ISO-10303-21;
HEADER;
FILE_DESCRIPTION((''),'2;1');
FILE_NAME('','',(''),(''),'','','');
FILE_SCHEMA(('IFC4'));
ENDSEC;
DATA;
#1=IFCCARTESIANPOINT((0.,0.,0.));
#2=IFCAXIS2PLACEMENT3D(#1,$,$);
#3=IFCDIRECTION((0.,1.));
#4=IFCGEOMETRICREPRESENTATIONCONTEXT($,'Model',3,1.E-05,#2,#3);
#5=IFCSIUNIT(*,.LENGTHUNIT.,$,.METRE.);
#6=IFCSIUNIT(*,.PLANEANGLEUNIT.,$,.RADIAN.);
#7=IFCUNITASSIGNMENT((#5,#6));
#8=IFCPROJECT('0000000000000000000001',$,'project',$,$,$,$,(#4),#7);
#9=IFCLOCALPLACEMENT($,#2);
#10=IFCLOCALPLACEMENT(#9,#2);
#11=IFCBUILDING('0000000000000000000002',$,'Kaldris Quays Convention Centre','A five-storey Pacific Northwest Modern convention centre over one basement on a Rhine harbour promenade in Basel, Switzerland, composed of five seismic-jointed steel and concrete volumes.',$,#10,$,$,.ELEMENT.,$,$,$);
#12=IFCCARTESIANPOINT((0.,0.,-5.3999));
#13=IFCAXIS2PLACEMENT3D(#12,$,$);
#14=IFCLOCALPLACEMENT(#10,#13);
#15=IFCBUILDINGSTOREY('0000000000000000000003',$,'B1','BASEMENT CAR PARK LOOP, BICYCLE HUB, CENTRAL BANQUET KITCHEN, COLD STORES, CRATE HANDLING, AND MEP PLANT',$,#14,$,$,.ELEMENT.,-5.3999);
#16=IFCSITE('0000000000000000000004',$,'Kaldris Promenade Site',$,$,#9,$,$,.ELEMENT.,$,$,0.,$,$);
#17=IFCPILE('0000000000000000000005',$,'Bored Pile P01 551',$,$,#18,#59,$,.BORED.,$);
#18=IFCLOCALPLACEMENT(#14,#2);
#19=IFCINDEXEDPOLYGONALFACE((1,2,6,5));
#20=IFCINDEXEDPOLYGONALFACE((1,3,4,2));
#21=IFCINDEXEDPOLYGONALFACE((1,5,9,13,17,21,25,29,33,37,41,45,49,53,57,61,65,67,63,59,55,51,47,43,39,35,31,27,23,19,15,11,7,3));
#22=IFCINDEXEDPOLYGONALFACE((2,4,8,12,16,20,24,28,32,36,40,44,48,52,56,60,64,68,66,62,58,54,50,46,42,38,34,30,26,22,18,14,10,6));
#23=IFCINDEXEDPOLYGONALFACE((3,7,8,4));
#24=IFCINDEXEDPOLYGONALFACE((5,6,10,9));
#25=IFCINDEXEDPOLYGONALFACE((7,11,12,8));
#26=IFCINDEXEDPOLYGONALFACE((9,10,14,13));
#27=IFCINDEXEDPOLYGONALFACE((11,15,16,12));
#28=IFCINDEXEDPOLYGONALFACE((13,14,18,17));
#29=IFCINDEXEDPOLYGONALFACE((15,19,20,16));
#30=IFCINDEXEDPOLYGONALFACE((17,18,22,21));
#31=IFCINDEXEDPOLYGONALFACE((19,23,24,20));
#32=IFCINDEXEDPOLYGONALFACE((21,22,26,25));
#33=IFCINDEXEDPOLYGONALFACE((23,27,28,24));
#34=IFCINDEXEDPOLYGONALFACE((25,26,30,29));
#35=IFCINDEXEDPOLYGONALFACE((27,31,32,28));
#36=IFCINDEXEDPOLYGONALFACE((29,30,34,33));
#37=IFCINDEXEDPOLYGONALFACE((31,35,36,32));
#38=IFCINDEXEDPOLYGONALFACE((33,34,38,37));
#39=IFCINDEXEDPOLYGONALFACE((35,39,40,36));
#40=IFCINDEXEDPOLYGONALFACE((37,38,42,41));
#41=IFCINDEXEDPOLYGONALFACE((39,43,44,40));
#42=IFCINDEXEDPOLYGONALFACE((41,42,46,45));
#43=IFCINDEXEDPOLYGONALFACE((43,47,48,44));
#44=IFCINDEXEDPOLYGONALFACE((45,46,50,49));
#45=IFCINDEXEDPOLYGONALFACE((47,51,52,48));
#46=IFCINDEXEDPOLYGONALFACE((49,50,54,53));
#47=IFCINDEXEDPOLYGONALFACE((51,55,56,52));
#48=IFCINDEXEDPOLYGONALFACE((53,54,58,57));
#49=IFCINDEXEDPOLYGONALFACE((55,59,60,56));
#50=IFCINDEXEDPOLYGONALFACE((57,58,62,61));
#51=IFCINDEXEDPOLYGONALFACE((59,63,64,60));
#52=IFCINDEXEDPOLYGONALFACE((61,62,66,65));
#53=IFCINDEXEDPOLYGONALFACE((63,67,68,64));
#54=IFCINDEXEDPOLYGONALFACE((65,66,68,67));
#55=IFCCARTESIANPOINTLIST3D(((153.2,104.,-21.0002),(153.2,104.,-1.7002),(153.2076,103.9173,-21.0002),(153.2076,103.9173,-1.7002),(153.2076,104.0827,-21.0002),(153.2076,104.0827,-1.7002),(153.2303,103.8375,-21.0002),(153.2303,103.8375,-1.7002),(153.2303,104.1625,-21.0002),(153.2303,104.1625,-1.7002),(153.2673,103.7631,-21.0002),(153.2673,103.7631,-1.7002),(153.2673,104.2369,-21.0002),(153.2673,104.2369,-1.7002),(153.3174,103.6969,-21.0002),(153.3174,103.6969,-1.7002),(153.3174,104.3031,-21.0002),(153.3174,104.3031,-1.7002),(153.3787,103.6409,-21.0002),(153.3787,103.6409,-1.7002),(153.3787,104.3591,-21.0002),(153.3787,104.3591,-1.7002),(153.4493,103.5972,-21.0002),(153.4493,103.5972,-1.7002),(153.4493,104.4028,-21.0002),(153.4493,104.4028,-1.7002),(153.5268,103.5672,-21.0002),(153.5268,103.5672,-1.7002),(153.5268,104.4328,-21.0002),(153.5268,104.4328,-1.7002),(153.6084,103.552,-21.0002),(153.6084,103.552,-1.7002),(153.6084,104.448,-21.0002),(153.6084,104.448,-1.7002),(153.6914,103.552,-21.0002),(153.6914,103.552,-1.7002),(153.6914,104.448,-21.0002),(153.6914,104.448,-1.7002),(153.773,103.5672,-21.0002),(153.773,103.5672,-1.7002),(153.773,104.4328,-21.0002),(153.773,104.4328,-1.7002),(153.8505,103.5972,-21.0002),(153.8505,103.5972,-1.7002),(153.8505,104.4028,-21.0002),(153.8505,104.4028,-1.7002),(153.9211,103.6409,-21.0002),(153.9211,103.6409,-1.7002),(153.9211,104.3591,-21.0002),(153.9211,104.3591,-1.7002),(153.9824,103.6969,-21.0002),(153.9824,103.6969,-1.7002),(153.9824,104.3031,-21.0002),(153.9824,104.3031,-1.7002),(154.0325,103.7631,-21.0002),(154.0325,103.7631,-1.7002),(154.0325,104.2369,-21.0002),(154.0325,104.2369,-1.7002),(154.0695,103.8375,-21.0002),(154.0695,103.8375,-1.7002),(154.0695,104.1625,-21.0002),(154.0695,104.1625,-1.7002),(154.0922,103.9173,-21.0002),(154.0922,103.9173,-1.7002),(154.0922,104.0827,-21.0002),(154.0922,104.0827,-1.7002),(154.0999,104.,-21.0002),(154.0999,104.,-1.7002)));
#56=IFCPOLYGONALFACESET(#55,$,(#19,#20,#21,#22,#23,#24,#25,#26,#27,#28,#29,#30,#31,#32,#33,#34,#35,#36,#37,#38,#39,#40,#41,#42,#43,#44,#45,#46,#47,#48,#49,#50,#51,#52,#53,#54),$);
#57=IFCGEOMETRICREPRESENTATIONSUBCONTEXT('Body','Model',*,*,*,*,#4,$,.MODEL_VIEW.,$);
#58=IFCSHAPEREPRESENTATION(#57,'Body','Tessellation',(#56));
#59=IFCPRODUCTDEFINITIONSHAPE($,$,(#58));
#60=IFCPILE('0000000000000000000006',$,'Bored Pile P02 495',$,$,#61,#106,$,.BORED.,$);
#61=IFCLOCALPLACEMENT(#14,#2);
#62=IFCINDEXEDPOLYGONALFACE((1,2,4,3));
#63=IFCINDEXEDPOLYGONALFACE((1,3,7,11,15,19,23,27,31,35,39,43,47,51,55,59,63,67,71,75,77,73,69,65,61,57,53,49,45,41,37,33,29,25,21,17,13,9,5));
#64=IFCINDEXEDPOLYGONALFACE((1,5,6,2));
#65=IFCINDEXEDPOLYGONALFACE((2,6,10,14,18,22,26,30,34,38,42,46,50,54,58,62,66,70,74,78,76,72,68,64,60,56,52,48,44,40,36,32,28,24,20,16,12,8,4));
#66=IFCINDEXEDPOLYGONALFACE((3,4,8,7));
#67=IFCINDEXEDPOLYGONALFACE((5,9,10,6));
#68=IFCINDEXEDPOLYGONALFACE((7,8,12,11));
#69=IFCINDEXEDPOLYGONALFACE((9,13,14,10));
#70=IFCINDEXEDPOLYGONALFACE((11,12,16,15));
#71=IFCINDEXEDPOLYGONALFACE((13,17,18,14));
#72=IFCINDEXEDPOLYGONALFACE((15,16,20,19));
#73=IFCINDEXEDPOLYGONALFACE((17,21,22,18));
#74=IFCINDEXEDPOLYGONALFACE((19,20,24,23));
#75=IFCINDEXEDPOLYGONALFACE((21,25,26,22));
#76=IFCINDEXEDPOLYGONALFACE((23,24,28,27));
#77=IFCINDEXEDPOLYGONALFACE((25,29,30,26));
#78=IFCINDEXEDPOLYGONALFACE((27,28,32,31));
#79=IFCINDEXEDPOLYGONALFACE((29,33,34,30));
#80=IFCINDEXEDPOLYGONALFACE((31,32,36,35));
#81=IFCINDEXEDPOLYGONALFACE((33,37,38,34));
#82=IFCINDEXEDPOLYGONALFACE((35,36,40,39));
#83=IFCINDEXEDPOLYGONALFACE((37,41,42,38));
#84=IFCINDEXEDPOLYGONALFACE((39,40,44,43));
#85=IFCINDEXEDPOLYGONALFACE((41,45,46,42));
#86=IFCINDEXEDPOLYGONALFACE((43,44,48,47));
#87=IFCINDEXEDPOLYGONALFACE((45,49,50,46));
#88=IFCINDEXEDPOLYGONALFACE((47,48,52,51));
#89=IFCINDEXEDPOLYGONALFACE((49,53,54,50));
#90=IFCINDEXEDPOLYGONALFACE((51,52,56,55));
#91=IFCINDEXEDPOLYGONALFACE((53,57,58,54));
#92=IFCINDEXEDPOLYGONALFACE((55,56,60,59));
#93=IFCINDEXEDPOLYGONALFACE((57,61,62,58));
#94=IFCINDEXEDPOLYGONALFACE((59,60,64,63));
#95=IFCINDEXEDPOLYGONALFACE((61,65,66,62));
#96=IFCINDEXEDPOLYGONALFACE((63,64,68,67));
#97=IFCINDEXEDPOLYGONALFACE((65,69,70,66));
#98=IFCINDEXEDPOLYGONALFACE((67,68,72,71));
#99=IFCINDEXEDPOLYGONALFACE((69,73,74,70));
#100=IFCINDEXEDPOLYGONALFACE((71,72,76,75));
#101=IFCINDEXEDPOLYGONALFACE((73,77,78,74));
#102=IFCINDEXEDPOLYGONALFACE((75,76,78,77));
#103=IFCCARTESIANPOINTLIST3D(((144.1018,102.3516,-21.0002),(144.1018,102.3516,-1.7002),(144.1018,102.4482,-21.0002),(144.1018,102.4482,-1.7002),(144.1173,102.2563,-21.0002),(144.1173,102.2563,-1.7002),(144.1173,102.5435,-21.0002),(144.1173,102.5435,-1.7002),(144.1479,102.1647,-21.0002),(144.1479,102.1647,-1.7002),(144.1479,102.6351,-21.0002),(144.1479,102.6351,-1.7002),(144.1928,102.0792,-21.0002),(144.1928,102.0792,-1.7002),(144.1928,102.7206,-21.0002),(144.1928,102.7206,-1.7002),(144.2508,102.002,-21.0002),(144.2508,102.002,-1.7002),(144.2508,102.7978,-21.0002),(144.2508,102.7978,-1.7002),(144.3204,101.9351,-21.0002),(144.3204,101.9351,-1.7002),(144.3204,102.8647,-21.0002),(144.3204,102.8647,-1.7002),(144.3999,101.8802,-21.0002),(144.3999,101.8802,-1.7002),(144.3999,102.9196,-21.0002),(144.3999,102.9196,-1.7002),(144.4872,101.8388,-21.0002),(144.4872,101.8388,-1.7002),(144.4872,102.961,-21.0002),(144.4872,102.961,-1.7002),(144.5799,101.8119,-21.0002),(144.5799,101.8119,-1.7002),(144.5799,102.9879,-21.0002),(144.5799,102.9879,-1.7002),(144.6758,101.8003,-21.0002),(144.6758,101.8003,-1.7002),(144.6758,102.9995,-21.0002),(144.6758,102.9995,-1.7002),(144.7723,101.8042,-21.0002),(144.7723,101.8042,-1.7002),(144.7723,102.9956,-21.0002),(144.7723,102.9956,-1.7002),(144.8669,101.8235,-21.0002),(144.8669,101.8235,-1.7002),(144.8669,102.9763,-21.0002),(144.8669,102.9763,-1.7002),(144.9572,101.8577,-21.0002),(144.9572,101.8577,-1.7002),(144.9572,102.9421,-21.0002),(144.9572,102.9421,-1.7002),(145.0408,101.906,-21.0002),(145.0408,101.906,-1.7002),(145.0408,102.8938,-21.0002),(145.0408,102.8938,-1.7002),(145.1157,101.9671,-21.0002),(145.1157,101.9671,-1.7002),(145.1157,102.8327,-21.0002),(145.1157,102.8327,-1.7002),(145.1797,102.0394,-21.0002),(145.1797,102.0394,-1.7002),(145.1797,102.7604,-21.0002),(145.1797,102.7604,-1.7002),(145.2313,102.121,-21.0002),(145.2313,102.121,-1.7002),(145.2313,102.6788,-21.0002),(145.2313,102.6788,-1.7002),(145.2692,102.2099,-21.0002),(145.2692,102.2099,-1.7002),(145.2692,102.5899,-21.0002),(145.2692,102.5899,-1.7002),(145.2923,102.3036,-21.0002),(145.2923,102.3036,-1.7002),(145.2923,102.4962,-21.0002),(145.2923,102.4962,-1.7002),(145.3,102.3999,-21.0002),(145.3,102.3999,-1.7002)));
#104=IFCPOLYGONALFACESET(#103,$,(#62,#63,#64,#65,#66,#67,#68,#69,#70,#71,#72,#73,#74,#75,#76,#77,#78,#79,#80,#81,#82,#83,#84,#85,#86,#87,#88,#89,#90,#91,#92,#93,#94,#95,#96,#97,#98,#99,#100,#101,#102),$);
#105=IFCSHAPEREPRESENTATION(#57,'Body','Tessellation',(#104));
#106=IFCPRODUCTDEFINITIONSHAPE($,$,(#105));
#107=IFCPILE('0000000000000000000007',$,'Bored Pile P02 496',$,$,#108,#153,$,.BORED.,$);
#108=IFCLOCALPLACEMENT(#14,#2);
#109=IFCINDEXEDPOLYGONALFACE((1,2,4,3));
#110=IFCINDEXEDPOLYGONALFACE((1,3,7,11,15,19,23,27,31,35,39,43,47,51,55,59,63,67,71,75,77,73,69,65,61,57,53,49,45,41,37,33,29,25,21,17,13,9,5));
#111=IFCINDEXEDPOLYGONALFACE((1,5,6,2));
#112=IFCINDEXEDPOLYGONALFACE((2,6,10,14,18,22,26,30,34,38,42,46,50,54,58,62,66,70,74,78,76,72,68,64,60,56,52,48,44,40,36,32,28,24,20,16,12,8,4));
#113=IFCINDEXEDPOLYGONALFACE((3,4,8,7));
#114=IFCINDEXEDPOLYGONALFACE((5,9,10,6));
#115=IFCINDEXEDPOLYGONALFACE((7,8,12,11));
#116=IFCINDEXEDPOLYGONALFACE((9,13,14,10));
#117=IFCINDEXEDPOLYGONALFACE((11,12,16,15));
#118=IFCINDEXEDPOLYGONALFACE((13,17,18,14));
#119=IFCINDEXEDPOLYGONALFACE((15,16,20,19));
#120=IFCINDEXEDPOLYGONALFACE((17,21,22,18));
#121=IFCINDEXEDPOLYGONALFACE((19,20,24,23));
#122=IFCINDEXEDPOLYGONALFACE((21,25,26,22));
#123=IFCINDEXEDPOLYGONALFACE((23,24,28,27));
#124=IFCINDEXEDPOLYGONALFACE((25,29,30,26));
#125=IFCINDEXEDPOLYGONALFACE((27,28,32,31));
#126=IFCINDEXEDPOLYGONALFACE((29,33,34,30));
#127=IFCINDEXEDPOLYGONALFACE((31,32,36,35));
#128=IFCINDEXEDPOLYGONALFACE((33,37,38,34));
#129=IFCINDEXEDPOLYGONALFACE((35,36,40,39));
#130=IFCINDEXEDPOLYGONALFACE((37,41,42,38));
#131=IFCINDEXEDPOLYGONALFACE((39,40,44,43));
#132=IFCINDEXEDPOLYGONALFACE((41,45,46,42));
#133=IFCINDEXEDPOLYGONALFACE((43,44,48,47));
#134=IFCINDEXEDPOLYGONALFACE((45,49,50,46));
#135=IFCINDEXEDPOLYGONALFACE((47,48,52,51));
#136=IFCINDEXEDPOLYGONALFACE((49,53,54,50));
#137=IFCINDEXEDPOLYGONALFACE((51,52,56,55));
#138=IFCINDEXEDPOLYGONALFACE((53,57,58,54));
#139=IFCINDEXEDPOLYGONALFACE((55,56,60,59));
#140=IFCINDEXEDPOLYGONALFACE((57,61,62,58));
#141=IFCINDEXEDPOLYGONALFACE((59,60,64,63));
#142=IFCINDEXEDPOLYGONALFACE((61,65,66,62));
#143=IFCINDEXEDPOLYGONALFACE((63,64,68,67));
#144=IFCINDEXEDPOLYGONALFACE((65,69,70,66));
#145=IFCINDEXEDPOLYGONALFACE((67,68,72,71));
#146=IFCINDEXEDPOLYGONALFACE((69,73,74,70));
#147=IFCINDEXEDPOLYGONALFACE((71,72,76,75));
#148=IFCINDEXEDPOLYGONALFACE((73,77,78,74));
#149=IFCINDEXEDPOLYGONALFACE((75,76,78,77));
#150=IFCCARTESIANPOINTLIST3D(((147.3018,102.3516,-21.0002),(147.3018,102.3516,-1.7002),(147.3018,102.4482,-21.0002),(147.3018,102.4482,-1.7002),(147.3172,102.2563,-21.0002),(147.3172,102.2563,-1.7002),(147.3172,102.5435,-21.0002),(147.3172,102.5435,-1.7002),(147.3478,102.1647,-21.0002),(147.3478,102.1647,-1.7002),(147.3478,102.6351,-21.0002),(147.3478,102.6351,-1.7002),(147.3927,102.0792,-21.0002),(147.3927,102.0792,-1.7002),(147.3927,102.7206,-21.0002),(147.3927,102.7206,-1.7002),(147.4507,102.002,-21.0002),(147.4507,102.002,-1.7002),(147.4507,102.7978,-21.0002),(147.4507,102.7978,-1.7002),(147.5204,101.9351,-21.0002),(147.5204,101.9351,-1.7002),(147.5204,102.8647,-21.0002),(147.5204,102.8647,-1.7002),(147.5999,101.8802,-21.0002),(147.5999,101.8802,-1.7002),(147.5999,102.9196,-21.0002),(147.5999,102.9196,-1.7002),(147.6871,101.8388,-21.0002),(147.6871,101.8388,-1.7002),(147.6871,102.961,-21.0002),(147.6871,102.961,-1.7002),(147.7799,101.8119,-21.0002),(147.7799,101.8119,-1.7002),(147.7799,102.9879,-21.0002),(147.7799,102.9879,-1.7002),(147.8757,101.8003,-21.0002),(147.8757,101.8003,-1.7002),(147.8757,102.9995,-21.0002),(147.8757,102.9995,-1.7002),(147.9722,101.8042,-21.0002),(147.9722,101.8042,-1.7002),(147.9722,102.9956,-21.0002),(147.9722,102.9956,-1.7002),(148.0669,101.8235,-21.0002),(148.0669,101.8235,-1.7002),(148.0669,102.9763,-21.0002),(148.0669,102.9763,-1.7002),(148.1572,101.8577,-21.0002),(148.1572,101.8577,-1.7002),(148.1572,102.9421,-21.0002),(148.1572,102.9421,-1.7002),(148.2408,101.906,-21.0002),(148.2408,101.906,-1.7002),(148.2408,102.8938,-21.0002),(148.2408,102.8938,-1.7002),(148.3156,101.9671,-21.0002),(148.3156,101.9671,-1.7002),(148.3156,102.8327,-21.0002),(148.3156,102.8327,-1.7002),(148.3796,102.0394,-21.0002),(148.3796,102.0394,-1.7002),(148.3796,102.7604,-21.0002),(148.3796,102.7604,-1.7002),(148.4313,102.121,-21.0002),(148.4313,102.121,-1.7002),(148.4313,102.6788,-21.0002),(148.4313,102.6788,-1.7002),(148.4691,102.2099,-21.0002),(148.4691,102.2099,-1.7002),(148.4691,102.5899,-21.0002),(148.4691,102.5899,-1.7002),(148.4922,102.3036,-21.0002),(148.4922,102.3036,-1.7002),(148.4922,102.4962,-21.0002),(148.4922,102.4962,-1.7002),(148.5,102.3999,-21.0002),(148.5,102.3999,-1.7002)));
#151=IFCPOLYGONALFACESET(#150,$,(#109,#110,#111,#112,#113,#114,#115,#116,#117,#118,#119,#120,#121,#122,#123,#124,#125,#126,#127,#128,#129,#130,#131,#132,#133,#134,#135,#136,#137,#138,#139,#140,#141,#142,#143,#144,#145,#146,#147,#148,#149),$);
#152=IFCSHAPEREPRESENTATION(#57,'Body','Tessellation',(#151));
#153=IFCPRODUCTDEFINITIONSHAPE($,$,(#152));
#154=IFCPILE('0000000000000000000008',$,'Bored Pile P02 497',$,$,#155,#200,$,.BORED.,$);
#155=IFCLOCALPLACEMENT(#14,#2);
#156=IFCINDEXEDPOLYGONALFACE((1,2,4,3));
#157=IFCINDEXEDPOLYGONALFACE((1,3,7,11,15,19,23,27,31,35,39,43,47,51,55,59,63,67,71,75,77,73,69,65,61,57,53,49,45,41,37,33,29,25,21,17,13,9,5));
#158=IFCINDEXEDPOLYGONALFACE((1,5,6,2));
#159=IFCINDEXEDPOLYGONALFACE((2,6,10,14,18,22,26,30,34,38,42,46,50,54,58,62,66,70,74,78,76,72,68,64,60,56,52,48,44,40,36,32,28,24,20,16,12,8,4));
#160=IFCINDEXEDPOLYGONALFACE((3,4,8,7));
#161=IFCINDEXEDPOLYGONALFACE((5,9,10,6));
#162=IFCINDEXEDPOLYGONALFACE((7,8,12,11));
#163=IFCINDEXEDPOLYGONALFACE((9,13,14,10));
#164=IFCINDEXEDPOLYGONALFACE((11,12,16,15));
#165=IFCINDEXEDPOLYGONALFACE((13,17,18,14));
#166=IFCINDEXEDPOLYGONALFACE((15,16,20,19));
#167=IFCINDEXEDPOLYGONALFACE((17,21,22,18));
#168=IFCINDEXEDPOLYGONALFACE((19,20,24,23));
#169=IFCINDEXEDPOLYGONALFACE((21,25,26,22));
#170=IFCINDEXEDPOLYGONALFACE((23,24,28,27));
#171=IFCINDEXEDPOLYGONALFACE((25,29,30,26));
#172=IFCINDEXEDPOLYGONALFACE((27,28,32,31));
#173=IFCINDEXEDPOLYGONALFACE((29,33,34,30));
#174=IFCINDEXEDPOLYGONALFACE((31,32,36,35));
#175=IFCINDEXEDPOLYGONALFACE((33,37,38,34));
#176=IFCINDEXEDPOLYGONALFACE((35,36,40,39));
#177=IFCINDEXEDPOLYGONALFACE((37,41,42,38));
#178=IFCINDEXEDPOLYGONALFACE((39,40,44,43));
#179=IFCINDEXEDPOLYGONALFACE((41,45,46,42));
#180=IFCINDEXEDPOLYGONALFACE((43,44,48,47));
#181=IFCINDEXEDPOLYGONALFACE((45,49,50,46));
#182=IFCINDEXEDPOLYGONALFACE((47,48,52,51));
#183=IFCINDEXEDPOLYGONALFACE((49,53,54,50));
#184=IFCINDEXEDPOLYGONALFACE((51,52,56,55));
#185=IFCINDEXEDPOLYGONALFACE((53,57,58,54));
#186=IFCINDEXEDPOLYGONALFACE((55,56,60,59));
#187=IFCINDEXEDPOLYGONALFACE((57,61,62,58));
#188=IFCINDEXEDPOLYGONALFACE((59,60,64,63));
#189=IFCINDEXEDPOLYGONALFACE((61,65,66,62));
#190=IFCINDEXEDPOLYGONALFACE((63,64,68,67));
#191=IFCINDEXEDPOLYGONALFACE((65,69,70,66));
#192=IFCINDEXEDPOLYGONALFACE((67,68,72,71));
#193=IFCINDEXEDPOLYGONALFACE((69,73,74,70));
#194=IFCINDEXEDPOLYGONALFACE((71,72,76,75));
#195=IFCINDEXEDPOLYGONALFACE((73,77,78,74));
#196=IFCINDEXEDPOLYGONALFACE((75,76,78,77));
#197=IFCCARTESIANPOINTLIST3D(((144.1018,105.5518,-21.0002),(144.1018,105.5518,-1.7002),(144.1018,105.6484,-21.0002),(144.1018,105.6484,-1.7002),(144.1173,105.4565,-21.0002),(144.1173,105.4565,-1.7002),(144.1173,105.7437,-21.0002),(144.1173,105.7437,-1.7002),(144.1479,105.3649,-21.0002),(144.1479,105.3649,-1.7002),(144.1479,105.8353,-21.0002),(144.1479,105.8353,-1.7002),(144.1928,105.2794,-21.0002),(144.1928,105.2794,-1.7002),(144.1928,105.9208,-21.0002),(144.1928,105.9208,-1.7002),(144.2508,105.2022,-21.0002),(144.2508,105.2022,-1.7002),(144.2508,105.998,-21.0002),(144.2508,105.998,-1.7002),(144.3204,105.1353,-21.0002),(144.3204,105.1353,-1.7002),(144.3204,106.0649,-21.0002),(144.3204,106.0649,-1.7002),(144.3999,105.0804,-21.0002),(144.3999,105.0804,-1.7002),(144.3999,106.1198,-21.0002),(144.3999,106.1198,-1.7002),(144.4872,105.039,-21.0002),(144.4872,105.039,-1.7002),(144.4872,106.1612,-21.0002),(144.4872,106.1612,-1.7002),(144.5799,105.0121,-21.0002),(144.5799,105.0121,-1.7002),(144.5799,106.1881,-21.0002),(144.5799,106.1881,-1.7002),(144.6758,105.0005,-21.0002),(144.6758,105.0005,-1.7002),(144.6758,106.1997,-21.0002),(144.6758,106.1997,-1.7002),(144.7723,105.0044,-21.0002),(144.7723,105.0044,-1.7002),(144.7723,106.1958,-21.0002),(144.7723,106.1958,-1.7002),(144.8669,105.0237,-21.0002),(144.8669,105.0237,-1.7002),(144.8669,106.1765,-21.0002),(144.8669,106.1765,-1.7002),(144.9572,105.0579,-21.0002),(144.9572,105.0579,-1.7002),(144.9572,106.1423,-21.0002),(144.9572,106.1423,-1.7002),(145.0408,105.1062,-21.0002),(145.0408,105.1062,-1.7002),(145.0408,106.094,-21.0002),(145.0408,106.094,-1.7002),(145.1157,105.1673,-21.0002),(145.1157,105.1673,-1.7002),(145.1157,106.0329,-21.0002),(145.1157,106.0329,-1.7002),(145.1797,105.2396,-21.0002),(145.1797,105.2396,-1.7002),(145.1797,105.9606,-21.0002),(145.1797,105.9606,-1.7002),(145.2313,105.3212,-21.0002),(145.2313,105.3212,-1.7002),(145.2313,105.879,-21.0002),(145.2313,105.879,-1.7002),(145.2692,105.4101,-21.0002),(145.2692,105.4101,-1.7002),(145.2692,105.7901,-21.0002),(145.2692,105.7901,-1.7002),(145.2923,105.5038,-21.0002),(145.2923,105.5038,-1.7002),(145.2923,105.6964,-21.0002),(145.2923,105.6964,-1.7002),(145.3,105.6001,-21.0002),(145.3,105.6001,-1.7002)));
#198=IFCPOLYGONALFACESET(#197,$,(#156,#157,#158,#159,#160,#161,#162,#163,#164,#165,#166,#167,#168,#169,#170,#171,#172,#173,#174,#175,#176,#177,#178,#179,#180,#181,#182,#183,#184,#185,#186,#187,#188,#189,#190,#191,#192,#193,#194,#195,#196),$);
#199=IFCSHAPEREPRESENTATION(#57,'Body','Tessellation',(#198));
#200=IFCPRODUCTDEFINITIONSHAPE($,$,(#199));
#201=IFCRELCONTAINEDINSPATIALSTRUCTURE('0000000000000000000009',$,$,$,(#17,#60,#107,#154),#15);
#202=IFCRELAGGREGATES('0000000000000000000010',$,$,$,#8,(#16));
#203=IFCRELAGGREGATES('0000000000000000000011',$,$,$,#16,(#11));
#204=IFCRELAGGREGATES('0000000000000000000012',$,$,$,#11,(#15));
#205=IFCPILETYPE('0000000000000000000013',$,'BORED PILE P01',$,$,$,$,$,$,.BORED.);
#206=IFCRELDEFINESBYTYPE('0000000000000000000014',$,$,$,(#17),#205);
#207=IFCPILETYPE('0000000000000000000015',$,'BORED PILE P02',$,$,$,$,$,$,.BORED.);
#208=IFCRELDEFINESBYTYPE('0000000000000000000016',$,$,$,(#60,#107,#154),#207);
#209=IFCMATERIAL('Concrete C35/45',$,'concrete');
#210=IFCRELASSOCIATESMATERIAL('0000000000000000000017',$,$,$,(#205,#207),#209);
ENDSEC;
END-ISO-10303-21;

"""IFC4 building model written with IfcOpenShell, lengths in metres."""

from ifc_helpers import new_model, si_unit, direction, frame, origin, origin_2d, place, context, subcontext, project, spatial, circle, extrude, material, material_profile, profile_set, type_object, element, save


model = new_model("IFC4")

# Units and contexts
model_context = context("Model", 3, precision=1e-05, world=origin(), true_north=direction((0.0, 1.0)))
body_context = subcontext(model_context, "Body", "Model", "MODEL_VIEW")
ifc_project = project(units=[si_unit("LENGTHUNIT", "METRE"), si_unit("PLANEANGLEUNIT", "RADIAN")], contexts=[model_context])

# Site, building, storey
site_placement = place(None, origin())
site = spatial("IfcSite", under=ifc_project, at=site_placement, Name="Kaldris Promenade Site", CompositionType="ELEMENT", RefElevation=0.0)
building_placement = place(site_placement, origin())
building = spatial("IfcBuilding", under=site, at=building_placement, Name="Kaldris Quays Convention Centre", Description="A five-storey Pacific Northwest Modern convention centre over one basement on a Rhine harbour promenade in Basel, Switzerland, composed of five seismic-jointed steel and concrete volumes.", CompositionType="ELEMENT")
storey_placement = place(building_placement, frame((0.0, 0.0, -5.3999)))
storey = spatial("IfcBuildingStorey", under=building, at=storey_placement, Name="B1", Description="BASEMENT CAR PARK LOOP, BICYCLE HUB, CENTRAL BANQUET KITCHEN, COLD STORES, CRATE HANDLING, AND MEP PLANT", CompositionType="ELEMENT", Elevation=-5.3999)

# Piles
ifc_material_1 = material(Name="Concrete C35/45", Category="concrete")
ifc_material_profile_1 = material_profile(ifc_material_1, circle(Radius=0.45, at=origin_2d()), Name="BORED PILE D900")
ifc_profile_set_1 = profile_set([ifc_material_profile_1], Name="Concrete C35/45")
pile_type_1 = type_object("IfcPileType", Name="BORED PILE P01", PredefinedType="BORED", material=ifc_profile_set_1)
pile_placement = place(storey_placement, frame((153.6499, 104.0, -1.7002), z_axis=(0.0, 0.0, -1.0), x_axis=(1.0, 0.0, 0.0)))
element("IfcPile", 1, at=pile_placement, inside=storey, type_object=pile_type_1, Name="Bored Pile P01 551", PredefinedType="BORED", context=body_context, shape_type="SweptSolid", body=[
    extrude(circle(Radius=0.45, at=origin_2d()), origin(), (0.0, 0.0, 1.0), 19.3),
])
ifc_material_profile_2 = material_profile(ifc_material_1, circle(Radius=0.6001, at=origin_2d()), Name="BORED PILE D1200")
ifc_profile_set_2 = profile_set([ifc_material_profile_2], Name="Concrete C35/45")
pile_type_2 = type_object("IfcPileType", Name="BORED PILE P02", PredefinedType="BORED", material=ifc_profile_set_2)
for number, where, z_axis, x_axis, name in (
    (2, (144.7, 102.3999, -1.7002), (0.0, 0.0, -1.0), (1.0, 0.0, 0.0), "Bored Pile P02 495"),
    (3, (147.8999, 102.3999, -1.7002), (0.0, 0.0, -1.0), (1.0, 0.0, 0.0), "Bored Pile P02 496"),
    (4, (144.7, 105.6001, -1.7002), (0.0, 0.0, -1.0), (1.0, 0.0, 0.0), "Bored Pile P02 497"),
):
    element("IfcPile", number, at=place(storey_placement, frame(where, z_axis=z_axis, x_axis=x_axis)), inside=storey, type_object=pile_type_2, Name=name, PredefinedType="BORED", context=body_context, shape_type="SweptSolid", body=[
        extrude(circle(Radius=0.6001, at=origin_2d()), origin(), (0.0, 0.0, 1.0), 19.3),
    ])

save(model, "model.ifc")
